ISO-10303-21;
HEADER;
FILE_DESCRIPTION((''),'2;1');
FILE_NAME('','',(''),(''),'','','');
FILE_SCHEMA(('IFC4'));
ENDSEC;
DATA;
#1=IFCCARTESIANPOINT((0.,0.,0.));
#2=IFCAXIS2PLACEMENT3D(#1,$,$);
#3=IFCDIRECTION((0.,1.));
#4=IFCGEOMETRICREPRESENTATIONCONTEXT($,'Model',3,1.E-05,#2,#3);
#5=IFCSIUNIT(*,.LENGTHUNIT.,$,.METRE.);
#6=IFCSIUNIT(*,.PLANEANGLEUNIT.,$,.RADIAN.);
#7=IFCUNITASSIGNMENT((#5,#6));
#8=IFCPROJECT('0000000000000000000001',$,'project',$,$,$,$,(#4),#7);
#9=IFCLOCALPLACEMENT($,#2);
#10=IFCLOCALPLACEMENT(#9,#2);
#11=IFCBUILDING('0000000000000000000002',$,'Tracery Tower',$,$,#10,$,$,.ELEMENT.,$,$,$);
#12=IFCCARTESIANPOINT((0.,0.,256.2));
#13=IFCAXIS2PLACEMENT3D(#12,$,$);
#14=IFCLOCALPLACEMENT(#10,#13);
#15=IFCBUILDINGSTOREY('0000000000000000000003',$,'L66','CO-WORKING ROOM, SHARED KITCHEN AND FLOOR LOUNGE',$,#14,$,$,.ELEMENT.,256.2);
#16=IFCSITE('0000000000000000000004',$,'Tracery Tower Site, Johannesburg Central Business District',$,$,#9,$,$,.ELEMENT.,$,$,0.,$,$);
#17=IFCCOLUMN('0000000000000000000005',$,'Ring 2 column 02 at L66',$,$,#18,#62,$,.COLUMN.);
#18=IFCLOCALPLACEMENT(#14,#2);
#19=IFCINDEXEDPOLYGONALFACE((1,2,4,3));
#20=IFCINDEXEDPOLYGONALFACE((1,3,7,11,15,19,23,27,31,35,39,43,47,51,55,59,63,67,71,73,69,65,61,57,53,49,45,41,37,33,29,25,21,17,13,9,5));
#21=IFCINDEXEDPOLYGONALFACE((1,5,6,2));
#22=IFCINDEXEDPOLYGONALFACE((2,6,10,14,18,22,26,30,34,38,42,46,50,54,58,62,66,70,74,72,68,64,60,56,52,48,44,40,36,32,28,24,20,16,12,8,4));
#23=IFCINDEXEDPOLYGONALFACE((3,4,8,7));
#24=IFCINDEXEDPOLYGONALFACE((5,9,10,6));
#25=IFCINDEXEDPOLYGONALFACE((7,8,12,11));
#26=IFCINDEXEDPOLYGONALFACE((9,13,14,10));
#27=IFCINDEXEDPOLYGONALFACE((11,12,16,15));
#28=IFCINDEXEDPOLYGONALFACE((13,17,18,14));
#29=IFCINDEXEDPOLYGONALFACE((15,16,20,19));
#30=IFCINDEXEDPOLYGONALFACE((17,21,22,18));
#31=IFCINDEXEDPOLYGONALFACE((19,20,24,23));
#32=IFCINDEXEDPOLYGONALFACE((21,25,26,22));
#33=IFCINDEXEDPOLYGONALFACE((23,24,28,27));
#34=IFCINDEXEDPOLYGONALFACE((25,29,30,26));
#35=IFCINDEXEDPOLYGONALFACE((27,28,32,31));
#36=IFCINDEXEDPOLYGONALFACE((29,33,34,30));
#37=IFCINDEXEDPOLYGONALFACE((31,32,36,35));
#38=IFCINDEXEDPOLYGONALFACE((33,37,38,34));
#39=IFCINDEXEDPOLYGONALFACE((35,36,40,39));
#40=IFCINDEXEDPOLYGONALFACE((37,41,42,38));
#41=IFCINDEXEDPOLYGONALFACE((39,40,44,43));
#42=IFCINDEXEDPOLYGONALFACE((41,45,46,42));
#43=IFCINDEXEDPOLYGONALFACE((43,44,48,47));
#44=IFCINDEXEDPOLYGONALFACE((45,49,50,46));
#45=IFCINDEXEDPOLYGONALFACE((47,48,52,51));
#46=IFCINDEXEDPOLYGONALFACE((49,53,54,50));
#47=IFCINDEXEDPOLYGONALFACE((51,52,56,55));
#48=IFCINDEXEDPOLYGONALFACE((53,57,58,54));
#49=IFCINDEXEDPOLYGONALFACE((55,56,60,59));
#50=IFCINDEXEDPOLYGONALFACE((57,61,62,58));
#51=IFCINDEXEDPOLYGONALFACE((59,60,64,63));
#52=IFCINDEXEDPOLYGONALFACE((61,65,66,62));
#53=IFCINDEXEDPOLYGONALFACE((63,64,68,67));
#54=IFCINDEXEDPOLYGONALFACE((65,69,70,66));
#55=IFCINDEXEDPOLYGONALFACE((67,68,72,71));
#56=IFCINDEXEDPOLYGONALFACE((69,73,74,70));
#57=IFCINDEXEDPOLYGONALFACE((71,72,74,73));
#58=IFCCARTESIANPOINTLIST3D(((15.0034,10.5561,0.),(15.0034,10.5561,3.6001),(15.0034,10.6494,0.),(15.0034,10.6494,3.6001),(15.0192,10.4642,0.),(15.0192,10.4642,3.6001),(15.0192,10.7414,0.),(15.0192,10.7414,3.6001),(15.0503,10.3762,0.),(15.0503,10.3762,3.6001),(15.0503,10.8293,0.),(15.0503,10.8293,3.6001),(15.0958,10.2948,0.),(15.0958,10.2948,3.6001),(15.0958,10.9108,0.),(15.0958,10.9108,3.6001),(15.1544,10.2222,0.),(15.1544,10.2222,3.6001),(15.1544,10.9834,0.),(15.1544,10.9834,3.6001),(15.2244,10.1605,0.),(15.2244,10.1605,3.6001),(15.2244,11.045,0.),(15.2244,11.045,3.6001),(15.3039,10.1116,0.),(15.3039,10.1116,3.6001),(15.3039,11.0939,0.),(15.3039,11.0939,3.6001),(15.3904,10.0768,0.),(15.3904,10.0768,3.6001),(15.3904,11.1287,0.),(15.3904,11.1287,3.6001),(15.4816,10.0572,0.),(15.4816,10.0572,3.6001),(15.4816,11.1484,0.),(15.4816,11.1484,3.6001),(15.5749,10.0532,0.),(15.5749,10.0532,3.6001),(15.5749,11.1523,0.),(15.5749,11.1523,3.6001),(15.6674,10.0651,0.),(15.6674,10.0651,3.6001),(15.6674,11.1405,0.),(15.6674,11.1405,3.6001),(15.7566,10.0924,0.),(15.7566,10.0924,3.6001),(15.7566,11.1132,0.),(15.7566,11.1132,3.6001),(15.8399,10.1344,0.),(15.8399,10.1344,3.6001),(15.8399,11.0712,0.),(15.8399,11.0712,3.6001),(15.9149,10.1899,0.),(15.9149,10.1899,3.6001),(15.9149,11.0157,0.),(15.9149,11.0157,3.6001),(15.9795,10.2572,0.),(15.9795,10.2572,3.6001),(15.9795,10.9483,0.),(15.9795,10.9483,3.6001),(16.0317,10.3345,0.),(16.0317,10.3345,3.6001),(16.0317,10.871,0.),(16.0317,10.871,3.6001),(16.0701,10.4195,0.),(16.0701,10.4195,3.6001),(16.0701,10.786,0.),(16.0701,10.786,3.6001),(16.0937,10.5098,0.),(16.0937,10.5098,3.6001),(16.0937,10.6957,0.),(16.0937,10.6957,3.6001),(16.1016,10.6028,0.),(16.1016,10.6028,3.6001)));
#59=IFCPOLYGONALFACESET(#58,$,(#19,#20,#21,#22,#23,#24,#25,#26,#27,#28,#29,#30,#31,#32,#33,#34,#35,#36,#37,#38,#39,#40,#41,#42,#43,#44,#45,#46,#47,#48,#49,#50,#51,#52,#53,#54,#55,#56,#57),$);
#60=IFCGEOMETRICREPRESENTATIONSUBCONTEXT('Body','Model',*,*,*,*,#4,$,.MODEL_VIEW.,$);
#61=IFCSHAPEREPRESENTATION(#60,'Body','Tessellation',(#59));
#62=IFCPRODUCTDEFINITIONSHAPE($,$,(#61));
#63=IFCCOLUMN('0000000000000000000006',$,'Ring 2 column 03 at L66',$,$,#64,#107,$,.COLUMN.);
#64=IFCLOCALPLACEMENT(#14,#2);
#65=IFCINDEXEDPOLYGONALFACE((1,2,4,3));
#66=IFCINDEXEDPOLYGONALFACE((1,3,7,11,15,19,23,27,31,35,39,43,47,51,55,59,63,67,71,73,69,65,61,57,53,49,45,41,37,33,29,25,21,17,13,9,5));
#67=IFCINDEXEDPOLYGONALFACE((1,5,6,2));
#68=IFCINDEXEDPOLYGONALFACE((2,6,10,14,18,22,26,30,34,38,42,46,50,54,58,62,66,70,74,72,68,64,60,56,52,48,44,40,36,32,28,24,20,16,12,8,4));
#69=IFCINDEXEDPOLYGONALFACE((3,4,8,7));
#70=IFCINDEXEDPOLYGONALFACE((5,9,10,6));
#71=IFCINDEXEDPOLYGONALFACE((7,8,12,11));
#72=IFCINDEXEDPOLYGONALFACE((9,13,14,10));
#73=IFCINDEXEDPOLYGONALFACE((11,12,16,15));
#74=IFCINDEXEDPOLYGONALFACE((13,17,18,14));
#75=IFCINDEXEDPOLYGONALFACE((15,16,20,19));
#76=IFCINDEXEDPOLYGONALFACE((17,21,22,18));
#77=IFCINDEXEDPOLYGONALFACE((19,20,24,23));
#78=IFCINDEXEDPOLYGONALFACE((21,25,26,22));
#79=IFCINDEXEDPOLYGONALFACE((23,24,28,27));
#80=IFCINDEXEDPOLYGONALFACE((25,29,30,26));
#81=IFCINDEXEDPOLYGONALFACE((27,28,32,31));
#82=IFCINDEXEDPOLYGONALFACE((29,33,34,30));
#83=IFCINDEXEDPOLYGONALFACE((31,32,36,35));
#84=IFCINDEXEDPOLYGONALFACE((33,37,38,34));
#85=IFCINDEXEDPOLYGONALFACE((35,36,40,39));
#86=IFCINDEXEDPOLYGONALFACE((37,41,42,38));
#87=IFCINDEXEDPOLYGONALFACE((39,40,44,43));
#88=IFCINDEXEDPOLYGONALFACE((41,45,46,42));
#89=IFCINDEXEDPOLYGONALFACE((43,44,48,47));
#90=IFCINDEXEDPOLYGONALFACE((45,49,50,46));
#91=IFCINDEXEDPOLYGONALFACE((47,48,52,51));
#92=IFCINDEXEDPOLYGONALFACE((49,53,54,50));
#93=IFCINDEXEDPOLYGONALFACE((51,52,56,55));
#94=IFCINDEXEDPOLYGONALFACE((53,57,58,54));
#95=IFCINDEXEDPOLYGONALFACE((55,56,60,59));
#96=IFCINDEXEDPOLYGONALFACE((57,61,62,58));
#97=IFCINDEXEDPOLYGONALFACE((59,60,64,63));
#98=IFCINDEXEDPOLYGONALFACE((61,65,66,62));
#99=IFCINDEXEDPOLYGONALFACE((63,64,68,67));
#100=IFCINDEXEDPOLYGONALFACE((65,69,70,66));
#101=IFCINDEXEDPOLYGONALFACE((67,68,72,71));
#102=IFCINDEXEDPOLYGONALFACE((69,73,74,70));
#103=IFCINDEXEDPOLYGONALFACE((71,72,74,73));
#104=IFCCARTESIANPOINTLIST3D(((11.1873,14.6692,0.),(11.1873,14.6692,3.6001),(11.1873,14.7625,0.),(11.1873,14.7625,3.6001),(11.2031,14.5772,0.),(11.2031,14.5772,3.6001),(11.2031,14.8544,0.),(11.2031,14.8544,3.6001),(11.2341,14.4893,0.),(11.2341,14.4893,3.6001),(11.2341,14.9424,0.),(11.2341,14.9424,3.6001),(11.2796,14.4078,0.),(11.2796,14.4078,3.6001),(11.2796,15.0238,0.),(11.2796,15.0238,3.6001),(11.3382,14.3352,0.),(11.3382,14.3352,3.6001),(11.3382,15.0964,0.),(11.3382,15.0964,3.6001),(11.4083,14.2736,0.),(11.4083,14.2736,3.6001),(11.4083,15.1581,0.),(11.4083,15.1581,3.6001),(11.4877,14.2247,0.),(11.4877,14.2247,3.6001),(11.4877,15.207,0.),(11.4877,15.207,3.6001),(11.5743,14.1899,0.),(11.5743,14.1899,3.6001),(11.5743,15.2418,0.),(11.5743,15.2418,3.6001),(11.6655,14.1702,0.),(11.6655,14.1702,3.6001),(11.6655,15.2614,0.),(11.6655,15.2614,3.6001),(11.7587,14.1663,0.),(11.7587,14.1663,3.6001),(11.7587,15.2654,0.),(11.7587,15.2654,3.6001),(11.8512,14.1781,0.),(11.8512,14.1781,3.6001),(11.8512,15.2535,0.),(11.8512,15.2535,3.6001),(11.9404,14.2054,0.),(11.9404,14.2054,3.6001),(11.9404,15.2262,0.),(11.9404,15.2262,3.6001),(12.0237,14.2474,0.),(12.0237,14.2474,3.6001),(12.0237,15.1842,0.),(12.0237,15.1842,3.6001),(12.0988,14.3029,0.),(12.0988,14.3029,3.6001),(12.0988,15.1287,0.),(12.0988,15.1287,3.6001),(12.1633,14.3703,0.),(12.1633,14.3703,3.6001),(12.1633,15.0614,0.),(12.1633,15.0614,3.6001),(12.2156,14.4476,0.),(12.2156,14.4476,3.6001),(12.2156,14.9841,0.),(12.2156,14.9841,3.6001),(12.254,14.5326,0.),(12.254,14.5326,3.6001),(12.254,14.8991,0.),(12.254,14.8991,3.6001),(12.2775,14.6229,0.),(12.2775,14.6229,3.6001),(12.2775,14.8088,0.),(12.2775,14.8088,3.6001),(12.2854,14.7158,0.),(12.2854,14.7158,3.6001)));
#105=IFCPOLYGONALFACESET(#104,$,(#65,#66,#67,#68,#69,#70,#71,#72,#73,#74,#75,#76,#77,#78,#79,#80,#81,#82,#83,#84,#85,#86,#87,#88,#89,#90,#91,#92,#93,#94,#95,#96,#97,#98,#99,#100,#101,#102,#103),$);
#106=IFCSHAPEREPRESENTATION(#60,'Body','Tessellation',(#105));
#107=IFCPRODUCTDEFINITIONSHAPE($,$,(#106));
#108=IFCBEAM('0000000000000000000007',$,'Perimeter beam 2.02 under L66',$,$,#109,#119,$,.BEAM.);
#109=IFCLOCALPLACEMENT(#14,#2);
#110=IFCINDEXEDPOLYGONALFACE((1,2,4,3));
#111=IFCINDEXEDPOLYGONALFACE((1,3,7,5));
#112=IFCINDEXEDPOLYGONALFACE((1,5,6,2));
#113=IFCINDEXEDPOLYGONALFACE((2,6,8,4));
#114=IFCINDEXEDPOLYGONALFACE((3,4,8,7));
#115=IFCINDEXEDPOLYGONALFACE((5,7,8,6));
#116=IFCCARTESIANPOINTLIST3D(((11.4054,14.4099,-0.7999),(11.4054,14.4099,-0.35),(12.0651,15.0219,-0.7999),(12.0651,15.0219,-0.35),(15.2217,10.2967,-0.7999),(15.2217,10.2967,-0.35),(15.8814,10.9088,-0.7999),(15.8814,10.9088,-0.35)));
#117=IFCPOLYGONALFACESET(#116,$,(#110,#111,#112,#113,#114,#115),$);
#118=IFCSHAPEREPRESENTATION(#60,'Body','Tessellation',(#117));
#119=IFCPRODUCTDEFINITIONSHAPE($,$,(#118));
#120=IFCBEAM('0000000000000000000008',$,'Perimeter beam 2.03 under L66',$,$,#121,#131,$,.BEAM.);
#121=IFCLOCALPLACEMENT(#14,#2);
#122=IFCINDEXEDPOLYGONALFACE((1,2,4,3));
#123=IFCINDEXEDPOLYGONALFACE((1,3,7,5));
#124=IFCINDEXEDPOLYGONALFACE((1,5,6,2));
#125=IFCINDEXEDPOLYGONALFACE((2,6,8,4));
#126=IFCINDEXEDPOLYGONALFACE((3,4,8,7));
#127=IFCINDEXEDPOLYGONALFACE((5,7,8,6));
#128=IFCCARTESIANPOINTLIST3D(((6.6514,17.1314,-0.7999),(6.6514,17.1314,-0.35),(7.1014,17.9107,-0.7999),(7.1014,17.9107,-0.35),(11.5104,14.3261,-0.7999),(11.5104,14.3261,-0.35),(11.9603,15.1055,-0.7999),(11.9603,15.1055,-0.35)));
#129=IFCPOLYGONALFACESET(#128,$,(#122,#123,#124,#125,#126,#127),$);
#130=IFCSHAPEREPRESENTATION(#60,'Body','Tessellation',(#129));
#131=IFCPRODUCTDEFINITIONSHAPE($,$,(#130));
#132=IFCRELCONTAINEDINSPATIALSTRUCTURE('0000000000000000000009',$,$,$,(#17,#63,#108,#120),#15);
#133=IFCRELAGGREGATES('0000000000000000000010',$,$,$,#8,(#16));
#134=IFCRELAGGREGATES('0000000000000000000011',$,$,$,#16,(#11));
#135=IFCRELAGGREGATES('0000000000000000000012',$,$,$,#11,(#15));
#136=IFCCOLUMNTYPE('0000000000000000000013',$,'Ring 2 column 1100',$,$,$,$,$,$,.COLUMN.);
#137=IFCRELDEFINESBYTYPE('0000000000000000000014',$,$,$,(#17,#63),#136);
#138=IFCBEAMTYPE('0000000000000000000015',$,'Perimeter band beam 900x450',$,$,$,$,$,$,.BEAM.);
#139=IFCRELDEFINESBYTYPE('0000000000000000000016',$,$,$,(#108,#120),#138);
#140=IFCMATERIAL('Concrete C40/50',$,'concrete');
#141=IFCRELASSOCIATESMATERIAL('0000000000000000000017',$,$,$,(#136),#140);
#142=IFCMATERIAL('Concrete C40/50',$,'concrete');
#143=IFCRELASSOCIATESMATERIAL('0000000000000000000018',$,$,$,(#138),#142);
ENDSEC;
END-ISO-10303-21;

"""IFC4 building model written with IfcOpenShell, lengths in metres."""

from ifc_helpers import new_model, si_unit, direction, frame, origin, origin_2d, place, context, subcontext, project, spatial, rectangle, circle, extrude, material, material_profile, profile_set, type_object, element, save


model = new_model("IFC4")

# Units and contexts
model_context = context("Model", 3, precision=1e-05, world=origin(), true_north=direction((0.0, 1.0)))
body_context = subcontext(model_context, "Body", "Model", "MODEL_VIEW")
ifc_project = project(units=[si_unit("LENGTHUNIT", "METRE"), si_unit("PLANEANGLEUNIT", "RADIAN")], contexts=[model_context])

# Site, building, storey
site_placement = place(None, origin())
site = spatial("IfcSite", under=ifc_project, at=site_placement, Name="Tracery Tower Site, Johannesburg Central Business District", CompositionType="ELEMENT", RefElevation=0.0)
building_placement = place(site_placement, origin())
building = spatial("IfcBuilding", under=site, at=building_placement, Name="Tracery Tower", CompositionType="ELEMENT")
storey_placement = place(building_placement, frame((0.0, 0.0, 256.2)))
storey = spatial("IfcBuildingStorey", under=building, at=storey_placement, Name="L66", Description="CO-WORKING ROOM, SHARED KITCHEN AND FLOOR LOUNGE", CompositionType="ELEMENT", Elevation=256.2)

# Columns
ifc_material_1 = material(Name="Concrete C40/50", Category="concrete")
ifc_material_profile_1 = material_profile(ifc_material_1, circle(Radius=0.55, at=origin_2d()), Name="RC D1100")
ifc_profile_set_1 = profile_set([ifc_material_profile_1], Name="Concrete C40/50")
column_type = type_object("IfcColumnType", Name="Ring 2 column 1100", PredefinedType="COLUMN", material=ifc_profile_set_1)
for number, where, z_axis, x_axis, name in (
    (1, (15.5515, 10.6028, 0.0), (0.0, 0.0, 1.0), (1.0, 0.0, 0.0), "Ring 2 column 02 at L66"),
    (2, (11.7354, 14.7158, 0.0), (0.0, 0.0, 1.0), (1.0, 0.0, 0.0), "Ring 2 column 03 at L66"),
):
    element("IfcColumn", number, at=place(storey_placement, frame(where, z_axis=z_axis, x_axis=x_axis)), inside=storey, type_object=column_type, Name=name, PredefinedType="COLUMN", context=body_context, shape_type="SweptSolid", body=[
        extrude(circle(Radius=0.55, at=origin_2d()), origin(), (0.0, 0.0, 1.0), 3.6001),
    ])

# Beams
ifc_material_2 = material(Name="Concrete C40/50", Category="concrete")
ifc_material_profile_2 = material_profile(ifc_material_2, rectangle(XDim=0.8999, YDim=0.45, at=origin_2d()), Name="RC 900x450")
ifc_profile_set_2 = profile_set([ifc_material_profile_2], Name="Concrete C40/50")
beam_type = type_object("IfcBeamType", Name="Perimeter band beam 900x450", PredefinedType="BEAM", material=ifc_profile_set_2)
beam_1_placement = place(storey_placement, frame((15.5515, 10.6028, -0.575), z_axis=(-0.680156, 0.733068, 0.0), x_axis=(-0.733068, -0.680156, 0.0)))
element("IfcBeam", 3, at=beam_1_placement, inside=storey, type_object=beam_type, Name="Perimeter beam 2.02 under L66", PredefinedType="BEAM", context=body_context, shape_type="SweptSolid", body=[
    extrude(rectangle(XDim=0.8999, YDim=0.45, at=origin_2d()), origin(), (0.0, 0.0, 1.0), 5.6108),
])
beam_2_placement = place(storey_placement, frame((11.7354, 14.7158, -0.575), z_axis=(-0.866033, 0.499986, 0.0), x_axis=(-0.499986, -0.866033, 0.0)))
element("IfcBeam", 4, at=beam_2_placement, inside=storey, type_object=beam_type, Name="Perimeter beam 2.03 under L66", PredefinedType="BEAM", context=body_context, shape_type="SweptSolid", body=[
    extrude(rectangle(XDim=0.8999, YDim=0.45, at=origin_2d()), origin(), (0.0, 0.0, 1.0), 5.6106),
])

save(model, "model.ifc")
